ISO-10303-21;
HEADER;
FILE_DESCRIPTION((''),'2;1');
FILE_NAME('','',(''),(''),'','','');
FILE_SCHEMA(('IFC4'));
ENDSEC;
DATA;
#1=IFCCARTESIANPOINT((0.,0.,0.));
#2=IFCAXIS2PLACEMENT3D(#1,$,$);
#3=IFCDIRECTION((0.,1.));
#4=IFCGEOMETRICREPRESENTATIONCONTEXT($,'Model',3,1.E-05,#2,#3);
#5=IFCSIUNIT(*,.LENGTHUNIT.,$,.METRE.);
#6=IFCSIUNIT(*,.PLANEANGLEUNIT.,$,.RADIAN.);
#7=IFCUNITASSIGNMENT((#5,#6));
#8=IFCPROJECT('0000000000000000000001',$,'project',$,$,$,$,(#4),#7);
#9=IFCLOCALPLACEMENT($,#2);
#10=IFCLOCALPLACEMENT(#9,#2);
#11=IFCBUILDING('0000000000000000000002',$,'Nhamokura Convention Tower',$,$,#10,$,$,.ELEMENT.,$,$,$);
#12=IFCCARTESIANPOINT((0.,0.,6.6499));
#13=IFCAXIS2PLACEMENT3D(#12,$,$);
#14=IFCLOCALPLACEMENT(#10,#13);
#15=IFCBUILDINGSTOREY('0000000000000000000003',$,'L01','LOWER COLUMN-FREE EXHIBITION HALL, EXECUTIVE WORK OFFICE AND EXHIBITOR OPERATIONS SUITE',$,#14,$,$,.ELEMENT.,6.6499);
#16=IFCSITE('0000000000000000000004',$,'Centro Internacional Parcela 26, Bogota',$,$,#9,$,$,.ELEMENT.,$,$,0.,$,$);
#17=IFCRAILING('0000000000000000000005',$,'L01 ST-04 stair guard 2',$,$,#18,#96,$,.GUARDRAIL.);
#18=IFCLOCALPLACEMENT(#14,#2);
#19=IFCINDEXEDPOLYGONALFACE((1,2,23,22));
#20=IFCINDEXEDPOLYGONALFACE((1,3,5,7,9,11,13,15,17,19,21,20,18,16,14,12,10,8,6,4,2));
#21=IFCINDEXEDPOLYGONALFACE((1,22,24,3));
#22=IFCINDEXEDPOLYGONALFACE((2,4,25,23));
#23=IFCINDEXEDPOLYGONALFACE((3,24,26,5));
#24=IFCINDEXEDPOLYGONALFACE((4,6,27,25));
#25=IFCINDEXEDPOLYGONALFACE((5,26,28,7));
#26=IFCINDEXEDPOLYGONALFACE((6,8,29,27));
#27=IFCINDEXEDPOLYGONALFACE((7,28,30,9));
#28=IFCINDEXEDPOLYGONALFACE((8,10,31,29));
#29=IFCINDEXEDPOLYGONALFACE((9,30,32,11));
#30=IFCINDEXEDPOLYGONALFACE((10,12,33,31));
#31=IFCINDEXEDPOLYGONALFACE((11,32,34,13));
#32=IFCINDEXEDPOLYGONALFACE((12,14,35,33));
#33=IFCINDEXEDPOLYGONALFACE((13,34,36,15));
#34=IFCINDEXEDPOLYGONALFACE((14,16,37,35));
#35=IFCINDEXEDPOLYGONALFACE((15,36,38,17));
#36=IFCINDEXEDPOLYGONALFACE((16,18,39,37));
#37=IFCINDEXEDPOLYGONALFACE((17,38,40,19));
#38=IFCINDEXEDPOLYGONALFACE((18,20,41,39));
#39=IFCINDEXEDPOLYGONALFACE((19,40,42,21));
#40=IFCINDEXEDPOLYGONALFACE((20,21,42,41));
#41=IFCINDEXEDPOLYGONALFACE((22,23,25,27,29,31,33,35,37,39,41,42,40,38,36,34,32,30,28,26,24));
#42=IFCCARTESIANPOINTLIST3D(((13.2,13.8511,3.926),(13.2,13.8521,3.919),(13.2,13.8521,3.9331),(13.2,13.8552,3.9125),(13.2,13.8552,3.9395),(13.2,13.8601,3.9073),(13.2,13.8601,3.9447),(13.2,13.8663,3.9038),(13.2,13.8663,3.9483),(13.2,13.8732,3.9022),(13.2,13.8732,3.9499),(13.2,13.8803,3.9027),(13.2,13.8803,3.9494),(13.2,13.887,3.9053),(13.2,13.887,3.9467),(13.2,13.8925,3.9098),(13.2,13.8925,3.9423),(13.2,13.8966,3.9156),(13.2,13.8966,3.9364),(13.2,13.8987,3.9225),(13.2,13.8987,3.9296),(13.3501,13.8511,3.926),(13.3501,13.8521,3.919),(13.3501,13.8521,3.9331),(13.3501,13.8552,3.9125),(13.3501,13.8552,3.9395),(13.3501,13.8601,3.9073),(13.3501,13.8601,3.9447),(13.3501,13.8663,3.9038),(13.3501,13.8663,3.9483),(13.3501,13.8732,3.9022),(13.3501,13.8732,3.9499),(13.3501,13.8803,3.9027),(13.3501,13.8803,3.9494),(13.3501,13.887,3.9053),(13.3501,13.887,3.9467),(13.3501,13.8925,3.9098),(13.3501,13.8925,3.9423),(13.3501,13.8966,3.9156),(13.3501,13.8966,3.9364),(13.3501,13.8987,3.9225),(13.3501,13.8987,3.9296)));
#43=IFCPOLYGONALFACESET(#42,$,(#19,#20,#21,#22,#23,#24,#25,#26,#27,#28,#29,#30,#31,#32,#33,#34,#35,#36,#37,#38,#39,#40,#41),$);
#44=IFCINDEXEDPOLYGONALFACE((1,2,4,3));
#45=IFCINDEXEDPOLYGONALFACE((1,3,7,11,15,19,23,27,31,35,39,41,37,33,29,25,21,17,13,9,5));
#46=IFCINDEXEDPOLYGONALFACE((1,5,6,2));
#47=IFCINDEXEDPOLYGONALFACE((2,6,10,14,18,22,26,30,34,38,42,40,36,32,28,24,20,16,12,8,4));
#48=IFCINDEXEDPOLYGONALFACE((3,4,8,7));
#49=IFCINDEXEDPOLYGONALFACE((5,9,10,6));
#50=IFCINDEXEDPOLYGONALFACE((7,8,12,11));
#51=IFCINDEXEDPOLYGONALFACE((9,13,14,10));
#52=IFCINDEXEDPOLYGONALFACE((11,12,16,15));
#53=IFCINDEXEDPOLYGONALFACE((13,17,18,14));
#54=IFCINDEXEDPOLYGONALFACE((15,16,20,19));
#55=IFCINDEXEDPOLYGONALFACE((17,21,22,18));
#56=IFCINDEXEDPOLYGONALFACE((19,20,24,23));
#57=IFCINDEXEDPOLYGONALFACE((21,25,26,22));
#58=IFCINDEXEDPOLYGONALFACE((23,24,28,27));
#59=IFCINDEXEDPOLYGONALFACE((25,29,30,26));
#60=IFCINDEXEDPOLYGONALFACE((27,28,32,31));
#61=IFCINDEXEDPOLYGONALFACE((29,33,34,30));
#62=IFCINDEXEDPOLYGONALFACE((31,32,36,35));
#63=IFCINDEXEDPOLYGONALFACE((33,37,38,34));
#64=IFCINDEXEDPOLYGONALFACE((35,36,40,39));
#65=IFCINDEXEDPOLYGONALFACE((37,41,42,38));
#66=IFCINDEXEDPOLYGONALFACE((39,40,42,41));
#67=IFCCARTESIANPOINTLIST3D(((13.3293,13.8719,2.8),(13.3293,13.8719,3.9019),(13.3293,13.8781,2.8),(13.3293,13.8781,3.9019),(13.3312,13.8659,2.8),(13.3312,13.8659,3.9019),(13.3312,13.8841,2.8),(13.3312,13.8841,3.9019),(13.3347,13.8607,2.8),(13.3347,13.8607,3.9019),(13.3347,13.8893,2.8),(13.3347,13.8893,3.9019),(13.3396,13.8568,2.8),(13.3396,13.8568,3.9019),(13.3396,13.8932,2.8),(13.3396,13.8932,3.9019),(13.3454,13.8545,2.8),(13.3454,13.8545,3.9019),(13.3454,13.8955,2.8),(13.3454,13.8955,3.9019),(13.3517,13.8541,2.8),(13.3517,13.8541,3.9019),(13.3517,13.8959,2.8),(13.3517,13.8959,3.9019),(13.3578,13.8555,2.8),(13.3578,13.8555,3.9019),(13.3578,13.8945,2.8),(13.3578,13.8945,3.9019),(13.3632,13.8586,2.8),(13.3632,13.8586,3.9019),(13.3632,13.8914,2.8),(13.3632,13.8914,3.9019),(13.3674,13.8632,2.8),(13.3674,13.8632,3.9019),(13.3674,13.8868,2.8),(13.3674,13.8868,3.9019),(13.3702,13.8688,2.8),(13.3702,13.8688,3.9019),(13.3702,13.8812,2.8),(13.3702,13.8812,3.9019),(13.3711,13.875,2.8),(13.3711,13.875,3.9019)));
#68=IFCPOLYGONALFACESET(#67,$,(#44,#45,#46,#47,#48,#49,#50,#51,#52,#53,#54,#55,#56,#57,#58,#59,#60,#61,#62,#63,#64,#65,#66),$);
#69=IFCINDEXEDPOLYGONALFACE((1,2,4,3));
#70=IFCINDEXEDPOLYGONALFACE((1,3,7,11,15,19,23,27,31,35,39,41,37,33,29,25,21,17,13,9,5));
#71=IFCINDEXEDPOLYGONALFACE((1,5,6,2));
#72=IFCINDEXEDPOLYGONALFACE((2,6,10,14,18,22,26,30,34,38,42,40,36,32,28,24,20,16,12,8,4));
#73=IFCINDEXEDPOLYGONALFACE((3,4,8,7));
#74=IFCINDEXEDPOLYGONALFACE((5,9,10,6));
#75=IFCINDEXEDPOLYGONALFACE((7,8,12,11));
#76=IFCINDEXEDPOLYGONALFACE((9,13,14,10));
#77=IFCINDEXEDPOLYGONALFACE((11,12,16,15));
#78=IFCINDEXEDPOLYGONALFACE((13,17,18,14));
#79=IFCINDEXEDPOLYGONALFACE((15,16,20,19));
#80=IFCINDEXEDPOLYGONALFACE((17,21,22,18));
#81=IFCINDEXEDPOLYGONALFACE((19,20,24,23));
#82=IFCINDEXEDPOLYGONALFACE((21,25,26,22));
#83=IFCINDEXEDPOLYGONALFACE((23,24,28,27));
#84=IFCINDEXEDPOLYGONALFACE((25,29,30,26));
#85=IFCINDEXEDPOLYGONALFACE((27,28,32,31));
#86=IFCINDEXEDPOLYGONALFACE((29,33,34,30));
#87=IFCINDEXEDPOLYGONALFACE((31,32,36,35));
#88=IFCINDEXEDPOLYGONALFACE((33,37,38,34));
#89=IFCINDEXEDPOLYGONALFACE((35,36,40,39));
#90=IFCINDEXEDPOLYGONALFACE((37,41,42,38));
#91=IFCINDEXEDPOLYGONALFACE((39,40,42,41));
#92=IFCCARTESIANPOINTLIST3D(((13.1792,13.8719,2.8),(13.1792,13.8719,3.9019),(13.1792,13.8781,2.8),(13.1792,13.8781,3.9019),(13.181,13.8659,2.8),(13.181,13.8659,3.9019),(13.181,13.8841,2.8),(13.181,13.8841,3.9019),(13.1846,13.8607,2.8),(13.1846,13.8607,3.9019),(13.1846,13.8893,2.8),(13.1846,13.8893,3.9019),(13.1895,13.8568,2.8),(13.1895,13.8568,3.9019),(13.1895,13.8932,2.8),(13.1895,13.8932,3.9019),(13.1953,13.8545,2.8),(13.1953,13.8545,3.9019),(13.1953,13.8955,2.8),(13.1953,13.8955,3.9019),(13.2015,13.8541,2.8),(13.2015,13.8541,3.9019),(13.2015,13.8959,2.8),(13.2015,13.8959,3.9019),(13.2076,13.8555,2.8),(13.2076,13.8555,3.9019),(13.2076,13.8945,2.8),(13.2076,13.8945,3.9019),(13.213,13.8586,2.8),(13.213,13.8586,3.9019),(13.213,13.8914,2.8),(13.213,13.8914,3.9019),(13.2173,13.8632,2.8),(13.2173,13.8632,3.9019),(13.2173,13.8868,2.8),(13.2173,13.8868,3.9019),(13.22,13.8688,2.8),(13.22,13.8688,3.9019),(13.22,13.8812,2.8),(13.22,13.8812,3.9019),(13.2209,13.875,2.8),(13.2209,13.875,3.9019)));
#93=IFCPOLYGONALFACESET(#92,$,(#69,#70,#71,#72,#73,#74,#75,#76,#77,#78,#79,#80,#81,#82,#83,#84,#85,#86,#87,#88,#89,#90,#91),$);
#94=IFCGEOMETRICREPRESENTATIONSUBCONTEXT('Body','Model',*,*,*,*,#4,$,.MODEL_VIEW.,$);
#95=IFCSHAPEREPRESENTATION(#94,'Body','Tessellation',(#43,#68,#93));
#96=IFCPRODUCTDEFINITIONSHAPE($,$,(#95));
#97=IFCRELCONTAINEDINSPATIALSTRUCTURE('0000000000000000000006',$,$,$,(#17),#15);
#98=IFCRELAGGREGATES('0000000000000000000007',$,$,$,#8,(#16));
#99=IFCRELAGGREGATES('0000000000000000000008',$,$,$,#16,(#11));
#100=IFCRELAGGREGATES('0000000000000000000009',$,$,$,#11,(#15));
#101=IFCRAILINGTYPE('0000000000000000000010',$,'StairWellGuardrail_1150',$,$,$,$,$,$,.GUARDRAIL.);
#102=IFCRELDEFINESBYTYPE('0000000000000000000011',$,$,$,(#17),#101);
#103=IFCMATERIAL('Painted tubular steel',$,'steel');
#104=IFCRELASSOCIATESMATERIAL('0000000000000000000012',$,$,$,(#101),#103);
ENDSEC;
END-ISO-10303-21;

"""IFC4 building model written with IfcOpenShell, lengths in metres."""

from ifc_helpers import new_model, si_unit, direction, frame, origin, origin_2d, place, context, subcontext, project, spatial, circle, extrude, material, type_object, element, save


model = new_model("IFC4")

# Units and contexts
model_context = context("Model", 3, precision=1e-05, world=origin(), true_north=direction((0.0, 1.0)))
body_context = subcontext(model_context, "Body", "Model", "MODEL_VIEW")
ifc_project = project(units=[si_unit("LENGTHUNIT", "METRE"), si_unit("PLANEANGLEUNIT", "RADIAN")], contexts=[model_context])

# Site, building, storey
site_placement = place(None, origin())
site = spatial("IfcSite", under=ifc_project, at=site_placement, Name="Centro Internacional Parcela 26, Bogota", CompositionType="ELEMENT", RefElevation=0.0)
building_placement = place(site_placement, origin())
building = spatial("IfcBuilding", under=site, at=building_placement, Name="Nhamokura Convention Tower", CompositionType="ELEMENT")
storey_placement = place(building_placement, frame((0.0, 0.0, 6.6499)))
storey = spatial("IfcBuildingStorey", under=building, at=storey_placement, Name="L01", Description="LOWER COLUMN-FREE EXHIBITION HALL, EXECUTIVE WORK OFFICE AND EXHIBITOR OPERATIONS SUITE", CompositionType="ELEMENT", Elevation=6.6499)

# Railing
ifc_material_1 = material(Name="Painted tubular steel", Category="steel")
railing_type_1 = type_object("IfcRailingType", Name="StairWellGuardrail_1150", PredefinedType="GUARDRAIL", material=ifc_material_1)
railing_1_placement = place(storey_placement, frame((13.3501, 13.875, 2.8)))
element("IfcRailing", 1, at=railing_1_placement, inside=storey, type_object=railing_type_1, Name="L01 ST-04 stair guard 2", PredefinedType="GUARDRAIL", context=body_context, shape_type="SweptSolid", body=[
    extrude(circle(Radius=0.0239, at=origin_2d()), frame((0.0, 0.0, 1.126), z_axis=(-1.0, 0.0, 0.0), x_axis=(0.0, -1.0, 0.0)), (0.0, 0.0, 1.0), 0.1501),
    extrude(circle(Radius=0.021, at=origin_2d()), origin(), (0.0, 0.0, 1.0), 1.1018),
    extrude(circle(Radius=0.021, at=origin_2d()), frame((-0.1501, 0.0, 0.0)), (0.0, 0.0, 1.0), 1.1018),
])

save(model, "model.ifc")
